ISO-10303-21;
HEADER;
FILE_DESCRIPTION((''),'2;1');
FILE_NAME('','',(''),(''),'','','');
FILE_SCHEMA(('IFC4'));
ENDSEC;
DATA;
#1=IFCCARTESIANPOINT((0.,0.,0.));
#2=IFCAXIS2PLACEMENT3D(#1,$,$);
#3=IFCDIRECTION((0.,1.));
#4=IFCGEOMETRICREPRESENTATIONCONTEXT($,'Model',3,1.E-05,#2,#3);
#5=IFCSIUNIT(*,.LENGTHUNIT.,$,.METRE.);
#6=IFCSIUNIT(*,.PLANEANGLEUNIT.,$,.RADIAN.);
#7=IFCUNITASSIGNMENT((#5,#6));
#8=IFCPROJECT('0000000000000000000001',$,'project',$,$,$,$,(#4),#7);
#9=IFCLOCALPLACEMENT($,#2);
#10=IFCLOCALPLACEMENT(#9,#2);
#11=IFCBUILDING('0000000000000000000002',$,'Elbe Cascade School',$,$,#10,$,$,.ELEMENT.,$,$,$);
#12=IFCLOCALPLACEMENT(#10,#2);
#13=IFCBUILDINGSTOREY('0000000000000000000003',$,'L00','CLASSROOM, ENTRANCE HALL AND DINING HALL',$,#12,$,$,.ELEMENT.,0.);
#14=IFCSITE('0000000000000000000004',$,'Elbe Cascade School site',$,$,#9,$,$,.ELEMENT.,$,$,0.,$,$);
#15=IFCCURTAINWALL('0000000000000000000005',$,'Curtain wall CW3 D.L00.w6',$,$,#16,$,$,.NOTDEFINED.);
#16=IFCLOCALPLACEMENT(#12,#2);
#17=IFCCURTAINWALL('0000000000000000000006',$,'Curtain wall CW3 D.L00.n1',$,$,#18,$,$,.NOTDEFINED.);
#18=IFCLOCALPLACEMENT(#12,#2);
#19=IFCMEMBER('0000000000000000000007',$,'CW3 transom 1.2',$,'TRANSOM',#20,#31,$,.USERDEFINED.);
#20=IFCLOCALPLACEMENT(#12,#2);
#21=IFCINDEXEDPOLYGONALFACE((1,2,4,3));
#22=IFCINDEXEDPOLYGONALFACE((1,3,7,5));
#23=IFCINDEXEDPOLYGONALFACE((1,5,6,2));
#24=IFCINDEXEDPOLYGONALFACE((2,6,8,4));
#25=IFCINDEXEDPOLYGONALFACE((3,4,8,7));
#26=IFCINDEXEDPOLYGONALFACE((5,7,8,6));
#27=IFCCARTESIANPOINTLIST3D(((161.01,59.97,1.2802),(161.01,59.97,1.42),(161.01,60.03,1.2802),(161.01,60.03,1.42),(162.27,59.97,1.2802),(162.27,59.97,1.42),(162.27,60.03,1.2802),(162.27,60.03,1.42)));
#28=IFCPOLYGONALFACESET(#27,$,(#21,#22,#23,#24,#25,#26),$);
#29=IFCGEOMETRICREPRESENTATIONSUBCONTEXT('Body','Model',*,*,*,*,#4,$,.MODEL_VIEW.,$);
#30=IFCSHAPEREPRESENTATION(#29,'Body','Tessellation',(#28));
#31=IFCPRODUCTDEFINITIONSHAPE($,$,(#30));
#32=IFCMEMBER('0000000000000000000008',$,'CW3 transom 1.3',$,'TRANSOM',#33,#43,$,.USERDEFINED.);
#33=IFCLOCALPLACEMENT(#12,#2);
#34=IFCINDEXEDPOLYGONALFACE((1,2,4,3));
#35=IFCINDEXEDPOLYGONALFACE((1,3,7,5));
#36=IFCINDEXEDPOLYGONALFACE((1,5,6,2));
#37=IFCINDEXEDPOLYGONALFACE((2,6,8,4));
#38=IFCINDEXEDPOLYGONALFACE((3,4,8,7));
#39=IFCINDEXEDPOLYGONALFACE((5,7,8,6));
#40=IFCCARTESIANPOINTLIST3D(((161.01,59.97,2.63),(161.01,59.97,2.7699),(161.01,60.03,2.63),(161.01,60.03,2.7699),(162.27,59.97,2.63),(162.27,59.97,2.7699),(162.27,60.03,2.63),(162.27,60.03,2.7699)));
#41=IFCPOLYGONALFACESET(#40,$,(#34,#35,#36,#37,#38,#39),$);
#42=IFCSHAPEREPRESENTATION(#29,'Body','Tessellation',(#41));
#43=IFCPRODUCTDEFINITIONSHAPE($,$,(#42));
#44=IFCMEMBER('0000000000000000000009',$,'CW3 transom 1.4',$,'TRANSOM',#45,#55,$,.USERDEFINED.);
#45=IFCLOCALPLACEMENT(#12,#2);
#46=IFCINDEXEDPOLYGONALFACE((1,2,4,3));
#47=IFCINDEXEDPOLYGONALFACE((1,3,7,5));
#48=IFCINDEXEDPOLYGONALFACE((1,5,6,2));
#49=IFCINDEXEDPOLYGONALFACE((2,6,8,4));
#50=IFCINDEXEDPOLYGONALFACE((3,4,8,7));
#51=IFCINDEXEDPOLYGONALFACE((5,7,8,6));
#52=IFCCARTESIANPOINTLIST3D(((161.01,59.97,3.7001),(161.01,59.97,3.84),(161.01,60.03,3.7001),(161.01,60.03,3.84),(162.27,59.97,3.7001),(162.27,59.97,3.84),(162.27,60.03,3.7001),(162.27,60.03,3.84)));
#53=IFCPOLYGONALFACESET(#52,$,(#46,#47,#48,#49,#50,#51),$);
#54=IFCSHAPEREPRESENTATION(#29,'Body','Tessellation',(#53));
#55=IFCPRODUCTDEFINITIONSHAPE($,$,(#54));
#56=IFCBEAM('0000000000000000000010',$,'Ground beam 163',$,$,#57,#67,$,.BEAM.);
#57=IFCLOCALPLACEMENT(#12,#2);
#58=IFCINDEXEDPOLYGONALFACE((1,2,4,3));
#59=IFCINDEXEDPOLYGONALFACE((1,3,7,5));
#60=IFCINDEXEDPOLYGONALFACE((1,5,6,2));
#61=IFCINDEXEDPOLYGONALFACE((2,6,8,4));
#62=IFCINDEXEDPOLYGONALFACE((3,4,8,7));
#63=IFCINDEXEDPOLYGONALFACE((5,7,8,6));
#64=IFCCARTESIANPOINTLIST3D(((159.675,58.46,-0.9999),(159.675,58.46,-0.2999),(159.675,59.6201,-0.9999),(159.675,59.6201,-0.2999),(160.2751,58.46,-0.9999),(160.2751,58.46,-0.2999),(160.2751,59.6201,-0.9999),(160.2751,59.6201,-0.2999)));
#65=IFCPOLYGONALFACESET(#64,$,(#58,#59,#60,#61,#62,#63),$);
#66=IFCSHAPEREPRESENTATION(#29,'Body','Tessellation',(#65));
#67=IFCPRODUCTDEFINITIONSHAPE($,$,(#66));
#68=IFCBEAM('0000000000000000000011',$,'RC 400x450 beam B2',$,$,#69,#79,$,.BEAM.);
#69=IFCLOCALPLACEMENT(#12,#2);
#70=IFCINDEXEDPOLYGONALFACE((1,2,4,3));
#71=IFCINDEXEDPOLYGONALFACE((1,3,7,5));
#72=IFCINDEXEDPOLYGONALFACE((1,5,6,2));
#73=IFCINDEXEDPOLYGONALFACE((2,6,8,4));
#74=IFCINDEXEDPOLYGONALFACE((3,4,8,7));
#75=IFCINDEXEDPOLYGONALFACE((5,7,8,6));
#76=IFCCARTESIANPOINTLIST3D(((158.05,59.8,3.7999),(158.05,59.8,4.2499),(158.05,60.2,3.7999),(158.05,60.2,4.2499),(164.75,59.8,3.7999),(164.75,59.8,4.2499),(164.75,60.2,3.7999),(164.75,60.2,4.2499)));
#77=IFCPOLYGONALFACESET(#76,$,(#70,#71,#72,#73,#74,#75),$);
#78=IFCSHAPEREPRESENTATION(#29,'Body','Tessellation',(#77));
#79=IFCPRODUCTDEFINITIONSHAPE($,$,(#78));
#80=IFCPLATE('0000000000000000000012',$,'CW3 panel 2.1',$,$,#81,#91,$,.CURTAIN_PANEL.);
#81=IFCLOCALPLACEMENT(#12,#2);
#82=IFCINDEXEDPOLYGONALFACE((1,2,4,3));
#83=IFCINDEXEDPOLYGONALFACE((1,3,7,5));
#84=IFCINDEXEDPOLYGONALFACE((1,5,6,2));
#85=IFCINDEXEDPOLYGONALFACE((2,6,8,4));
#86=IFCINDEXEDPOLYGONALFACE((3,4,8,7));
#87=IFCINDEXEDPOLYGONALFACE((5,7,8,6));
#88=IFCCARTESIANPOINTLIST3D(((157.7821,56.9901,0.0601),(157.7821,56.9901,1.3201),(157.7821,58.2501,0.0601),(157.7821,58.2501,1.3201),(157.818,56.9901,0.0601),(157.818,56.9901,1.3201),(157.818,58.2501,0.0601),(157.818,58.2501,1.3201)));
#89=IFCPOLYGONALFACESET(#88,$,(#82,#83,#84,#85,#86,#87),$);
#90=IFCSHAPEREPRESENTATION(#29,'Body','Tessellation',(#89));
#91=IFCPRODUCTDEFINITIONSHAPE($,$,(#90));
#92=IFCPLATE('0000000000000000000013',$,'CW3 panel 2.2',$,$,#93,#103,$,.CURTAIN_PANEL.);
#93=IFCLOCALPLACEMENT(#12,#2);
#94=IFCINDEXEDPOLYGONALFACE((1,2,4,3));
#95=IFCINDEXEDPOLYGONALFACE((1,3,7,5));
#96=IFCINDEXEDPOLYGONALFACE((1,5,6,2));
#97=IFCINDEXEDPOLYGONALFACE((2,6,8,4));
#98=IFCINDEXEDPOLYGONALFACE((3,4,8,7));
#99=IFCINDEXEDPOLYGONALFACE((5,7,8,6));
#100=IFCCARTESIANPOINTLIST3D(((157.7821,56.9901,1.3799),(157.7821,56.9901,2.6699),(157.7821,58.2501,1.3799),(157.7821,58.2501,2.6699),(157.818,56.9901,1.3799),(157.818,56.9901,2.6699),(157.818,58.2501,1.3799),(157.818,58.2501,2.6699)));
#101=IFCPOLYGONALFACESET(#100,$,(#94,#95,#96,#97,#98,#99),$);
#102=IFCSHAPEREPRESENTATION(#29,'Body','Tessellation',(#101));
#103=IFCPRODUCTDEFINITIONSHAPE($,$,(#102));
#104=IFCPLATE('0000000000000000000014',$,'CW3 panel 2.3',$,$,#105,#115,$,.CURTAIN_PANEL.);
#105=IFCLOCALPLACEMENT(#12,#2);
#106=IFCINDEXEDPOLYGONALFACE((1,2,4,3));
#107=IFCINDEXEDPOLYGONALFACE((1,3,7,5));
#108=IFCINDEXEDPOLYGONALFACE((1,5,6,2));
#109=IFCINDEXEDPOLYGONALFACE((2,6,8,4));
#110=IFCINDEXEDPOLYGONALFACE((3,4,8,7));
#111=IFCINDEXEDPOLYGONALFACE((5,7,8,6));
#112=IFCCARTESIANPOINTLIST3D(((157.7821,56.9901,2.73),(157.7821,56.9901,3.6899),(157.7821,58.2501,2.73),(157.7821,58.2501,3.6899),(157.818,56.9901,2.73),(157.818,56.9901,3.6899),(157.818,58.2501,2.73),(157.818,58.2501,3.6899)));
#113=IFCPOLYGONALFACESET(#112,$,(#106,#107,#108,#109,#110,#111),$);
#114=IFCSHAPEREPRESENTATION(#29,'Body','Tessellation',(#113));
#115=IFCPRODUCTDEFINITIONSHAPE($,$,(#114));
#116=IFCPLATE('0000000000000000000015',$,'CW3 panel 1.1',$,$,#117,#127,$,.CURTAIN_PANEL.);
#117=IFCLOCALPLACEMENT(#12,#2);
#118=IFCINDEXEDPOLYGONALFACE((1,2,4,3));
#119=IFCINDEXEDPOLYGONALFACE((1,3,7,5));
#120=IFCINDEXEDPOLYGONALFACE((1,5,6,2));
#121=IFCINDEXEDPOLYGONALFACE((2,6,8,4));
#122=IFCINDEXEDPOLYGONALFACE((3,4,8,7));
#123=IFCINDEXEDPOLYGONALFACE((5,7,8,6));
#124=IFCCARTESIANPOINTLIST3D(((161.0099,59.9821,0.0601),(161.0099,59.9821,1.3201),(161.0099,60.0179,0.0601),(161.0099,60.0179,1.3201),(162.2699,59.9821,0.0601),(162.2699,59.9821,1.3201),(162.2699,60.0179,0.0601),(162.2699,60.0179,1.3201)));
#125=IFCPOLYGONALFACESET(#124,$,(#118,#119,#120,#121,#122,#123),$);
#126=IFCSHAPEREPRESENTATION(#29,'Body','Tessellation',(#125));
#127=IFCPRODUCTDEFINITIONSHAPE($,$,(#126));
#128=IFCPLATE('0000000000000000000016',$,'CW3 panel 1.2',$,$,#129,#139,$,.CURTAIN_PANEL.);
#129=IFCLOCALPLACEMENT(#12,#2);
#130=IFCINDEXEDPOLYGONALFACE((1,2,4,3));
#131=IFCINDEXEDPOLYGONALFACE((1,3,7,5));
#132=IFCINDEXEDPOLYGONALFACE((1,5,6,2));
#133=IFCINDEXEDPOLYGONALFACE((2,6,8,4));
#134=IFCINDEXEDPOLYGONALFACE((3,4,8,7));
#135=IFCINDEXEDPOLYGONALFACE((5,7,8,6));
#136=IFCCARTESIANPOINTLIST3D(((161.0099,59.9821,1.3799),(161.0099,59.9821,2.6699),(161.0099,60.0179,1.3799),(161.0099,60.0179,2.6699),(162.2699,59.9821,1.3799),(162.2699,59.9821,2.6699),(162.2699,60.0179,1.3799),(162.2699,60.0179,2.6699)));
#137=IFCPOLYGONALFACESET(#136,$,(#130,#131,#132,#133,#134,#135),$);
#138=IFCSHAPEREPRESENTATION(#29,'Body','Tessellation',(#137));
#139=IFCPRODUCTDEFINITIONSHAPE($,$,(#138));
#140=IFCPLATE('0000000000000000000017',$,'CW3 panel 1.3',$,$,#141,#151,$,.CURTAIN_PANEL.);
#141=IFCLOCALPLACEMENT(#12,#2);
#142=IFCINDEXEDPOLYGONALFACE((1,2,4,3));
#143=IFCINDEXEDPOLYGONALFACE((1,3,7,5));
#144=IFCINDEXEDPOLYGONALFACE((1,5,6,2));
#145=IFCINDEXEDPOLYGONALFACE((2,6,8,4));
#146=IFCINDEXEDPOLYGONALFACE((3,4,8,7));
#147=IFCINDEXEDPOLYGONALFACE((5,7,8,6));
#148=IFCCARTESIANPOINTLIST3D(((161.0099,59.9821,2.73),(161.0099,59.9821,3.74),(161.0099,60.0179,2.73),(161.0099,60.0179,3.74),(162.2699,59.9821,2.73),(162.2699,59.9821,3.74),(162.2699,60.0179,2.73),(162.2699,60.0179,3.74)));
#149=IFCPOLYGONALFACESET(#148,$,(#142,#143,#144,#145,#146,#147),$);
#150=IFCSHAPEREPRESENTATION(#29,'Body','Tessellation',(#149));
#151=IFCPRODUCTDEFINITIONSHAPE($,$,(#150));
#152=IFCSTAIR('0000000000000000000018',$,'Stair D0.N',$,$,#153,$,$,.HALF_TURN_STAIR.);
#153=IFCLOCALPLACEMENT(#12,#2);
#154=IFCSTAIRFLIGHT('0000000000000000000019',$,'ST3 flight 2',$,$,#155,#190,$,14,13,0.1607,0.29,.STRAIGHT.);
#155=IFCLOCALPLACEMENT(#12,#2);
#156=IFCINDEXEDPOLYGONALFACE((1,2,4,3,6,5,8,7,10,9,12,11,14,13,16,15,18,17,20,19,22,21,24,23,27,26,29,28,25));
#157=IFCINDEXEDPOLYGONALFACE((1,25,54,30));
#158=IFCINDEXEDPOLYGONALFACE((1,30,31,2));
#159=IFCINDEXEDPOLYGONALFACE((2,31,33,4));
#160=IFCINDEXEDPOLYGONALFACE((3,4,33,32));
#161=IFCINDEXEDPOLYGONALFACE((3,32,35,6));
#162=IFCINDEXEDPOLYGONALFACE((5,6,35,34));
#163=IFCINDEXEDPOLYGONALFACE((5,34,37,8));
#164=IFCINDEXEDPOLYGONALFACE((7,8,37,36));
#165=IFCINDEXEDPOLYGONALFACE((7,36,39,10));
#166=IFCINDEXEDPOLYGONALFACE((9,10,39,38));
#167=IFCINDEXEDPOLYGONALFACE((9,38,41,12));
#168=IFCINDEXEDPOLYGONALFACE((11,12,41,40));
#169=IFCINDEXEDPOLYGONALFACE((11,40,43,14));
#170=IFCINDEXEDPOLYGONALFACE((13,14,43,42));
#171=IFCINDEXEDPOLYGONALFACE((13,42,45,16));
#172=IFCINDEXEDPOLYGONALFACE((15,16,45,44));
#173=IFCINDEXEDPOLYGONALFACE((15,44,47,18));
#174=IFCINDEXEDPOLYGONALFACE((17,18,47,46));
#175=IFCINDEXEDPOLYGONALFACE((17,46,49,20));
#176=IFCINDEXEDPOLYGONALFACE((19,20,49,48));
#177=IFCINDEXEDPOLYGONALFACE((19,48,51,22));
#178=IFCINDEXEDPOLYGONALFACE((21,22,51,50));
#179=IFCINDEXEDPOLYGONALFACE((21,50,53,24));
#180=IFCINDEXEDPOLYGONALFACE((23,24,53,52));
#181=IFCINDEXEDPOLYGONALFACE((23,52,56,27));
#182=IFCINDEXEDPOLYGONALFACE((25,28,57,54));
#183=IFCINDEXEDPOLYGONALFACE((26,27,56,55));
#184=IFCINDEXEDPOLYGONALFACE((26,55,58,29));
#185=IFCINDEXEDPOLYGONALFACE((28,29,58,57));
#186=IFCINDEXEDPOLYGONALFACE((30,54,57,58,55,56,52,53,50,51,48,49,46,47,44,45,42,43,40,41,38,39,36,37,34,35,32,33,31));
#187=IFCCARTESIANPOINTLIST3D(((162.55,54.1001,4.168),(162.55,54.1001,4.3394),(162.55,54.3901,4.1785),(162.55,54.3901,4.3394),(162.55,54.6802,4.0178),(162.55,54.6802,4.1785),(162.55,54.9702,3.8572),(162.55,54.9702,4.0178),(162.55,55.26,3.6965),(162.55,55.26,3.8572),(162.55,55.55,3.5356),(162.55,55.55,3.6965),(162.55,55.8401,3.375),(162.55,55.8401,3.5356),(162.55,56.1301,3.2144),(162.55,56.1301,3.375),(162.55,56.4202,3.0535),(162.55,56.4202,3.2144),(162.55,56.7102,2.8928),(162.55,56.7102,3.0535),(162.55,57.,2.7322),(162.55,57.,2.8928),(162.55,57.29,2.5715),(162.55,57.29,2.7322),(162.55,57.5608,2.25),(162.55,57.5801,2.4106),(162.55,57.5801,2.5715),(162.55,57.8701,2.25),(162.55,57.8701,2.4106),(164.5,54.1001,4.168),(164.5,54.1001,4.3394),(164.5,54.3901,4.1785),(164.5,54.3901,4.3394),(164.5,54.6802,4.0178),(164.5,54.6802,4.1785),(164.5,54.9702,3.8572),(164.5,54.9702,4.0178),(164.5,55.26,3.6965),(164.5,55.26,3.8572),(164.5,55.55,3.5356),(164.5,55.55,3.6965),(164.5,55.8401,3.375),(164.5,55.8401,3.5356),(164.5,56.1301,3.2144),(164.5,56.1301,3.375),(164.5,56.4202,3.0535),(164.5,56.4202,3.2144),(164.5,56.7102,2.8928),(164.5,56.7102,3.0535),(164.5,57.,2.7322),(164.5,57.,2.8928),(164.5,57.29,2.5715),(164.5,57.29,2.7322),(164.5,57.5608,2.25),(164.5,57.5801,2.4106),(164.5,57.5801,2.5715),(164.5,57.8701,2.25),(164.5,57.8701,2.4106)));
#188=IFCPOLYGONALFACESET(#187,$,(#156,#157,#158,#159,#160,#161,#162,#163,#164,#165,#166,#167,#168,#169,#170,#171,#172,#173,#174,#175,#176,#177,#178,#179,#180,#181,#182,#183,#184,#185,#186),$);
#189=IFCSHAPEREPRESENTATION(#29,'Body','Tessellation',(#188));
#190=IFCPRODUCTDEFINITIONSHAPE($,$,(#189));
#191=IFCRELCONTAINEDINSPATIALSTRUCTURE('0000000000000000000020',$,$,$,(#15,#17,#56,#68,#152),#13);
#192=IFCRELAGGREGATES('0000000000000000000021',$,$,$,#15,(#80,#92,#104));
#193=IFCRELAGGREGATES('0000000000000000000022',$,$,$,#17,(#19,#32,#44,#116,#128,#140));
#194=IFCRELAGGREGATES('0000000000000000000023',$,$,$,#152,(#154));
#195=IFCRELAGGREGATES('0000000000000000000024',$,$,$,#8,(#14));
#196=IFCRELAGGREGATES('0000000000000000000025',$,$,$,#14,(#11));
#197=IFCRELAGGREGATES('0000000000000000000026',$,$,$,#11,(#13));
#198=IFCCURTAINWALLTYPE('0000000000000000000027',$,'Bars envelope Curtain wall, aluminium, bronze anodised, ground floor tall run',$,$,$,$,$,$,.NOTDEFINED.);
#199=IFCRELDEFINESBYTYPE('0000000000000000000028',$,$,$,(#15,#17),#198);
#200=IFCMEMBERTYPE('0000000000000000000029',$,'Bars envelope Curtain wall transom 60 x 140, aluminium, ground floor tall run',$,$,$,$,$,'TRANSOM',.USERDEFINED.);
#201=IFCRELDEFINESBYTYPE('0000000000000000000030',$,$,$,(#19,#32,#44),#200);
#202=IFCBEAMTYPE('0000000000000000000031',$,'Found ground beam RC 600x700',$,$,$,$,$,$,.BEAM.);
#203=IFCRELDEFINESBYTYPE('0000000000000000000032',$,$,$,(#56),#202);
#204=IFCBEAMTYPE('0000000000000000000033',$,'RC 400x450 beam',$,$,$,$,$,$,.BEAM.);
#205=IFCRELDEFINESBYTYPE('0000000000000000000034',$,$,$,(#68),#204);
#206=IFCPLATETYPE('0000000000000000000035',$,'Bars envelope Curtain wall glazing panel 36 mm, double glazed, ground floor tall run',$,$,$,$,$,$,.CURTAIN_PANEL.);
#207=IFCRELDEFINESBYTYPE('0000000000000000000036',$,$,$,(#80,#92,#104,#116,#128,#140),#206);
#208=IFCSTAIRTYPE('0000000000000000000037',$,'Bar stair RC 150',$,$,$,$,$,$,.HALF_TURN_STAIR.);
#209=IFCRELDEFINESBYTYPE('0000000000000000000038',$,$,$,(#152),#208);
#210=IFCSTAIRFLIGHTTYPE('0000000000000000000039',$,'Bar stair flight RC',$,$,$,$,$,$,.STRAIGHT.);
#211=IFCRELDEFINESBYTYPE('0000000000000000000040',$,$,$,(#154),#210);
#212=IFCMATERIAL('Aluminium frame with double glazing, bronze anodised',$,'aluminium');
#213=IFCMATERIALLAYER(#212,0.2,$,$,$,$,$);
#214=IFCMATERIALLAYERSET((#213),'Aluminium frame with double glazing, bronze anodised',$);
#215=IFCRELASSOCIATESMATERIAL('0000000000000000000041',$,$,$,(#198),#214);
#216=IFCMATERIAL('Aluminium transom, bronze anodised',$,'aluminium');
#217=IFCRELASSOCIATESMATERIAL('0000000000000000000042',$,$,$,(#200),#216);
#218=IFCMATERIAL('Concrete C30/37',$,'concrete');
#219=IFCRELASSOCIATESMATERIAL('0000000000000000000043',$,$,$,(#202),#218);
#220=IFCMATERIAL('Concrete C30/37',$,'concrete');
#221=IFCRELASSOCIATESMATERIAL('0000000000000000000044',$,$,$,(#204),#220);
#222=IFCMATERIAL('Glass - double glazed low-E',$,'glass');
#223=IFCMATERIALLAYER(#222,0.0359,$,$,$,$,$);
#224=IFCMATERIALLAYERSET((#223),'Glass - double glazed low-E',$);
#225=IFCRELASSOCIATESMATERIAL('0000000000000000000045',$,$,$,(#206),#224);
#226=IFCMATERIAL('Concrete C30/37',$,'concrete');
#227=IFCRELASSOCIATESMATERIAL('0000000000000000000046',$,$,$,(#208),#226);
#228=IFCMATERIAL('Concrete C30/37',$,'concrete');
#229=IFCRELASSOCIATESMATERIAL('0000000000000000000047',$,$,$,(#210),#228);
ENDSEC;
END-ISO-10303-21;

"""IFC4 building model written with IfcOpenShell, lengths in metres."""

from ifc_helpers import new_model, si_unit, direction, frame, origin, origin_2d, place, context, subcontext, project, spatial, polyline, rectangle, outline, extrude, material, layer, layer_set, material_profile, profile_set, type_object, element, aggregate, save


model = new_model("IFC4")

# Units and contexts
model_context = context("Model", 3, precision=1e-05, world=origin(), true_north=direction((0.0, 1.0)))
body_context = subcontext(model_context, "Body", "Model", "MODEL_VIEW")
ifc_project = project(units=[si_unit("LENGTHUNIT", "METRE"), si_unit("PLANEANGLEUNIT", "RADIAN")], contexts=[model_context])

# Site, building, storey
site_placement = place(None, origin())
site = spatial("IfcSite", under=ifc_project, at=site_placement, Name="Elbe Cascade School site", CompositionType="ELEMENT", RefElevation=0.0)
building_placement = place(site_placement, origin())
building = spatial("IfcBuilding", under=site, at=building_placement, Name="Elbe Cascade School", CompositionType="ELEMENT")
storey_placement = place(building_placement, origin())
storey = spatial("IfcBuildingStorey", under=building, at=storey_placement, Name="L00", Description="CLASSROOM, ENTRANCE HALL AND DINING HALL", CompositionType="ELEMENT", Elevation=0.0)

# Curtain wall
ifc_material_1 = material(Name="Aluminium frame with double glazing, bronze anodised", Category="aluminium")
ifc_layer_1 = layer(ifc_material_1, 0.2)
ifc_layer_set_1 = layer_set([ifc_layer_1], Name="Aluminium frame with double glazing, bronze anodised")
curtain_wall_type = type_object("IfcCurtainWallType", Name="Bars envelope Curtain wall, aluminium, bronze anodised, ground floor tall run", PredefinedType="NOTDEFINED", material=ifc_layer_set_1)
curtain_wall_1_placement = place(storey_placement, origin())
curtain_wall_1 = element("IfcCurtainWall", 1, at=curtain_wall_1_placement, inside=storey, type_object=curtain_wall_type, Name="Curtain wall CW3 D.L00.w6", PredefinedType="NOTDEFINED")

# Curtain wall, members
curtain_wall_2_placement = place(storey_placement, origin())
curtain_wall_2 = element("IfcCurtainWall", 2, at=curtain_wall_2_placement, inside=storey, type_object=curtain_wall_type, Name="Curtain wall CW3 D.L00.n1", PredefinedType="NOTDEFINED")
ifc_material_2 = material(Name="Aluminium transom, bronze anodised", Category="aluminium")
ifc_material_profile_1 = material_profile(ifc_material_2, rectangle(XDim=0.0601, YDim=0.1399, at=origin_2d()), Name="Bars envelope Curtain wall transom 60 x 140, aluminium, ground floor tall run")
ifc_profile_set_1 = profile_set([ifc_material_profile_1], Name="Aluminium transom, bronze anodised")
member_type_1 = type_object("IfcMemberType", Name="Bars envelope Curtain wall transom 60 x 140, aluminium, ground floor tall run", ElementType="TRANSOM", PredefinedType="USERDEFINED", material=ifc_profile_set_1)
member_1_placement = place(storey_placement, frame((161.01, 60.0, 1.3501), z_axis=(1.0, 0.0, 0.0), x_axis=(0.0, 1.0, 0.0)))
member_1 = element("IfcMember", 3, at=member_1_placement, type_object=member_type_1, Name="CW3 transom 1.2", ObjectType="TRANSOM", PredefinedType="USERDEFINED", context=body_context, shape_type="SweptSolid", body=[
    extrude(rectangle(XDim=0.0601, YDim=0.1399, at=origin_2d()), origin(), (0.0, 0.0, 1.0), 1.26),
])
member_2_placement = place(storey_placement, frame((161.01, 60.0, 2.7), z_axis=(1.0, 0.0, 0.0), x_axis=(0.0, 1.0, 0.0)))
member_2 = element("IfcMember", 4, at=member_2_placement, type_object=member_type_1, Name="CW3 transom 1.3", ObjectType="TRANSOM", PredefinedType="USERDEFINED", context=body_context, shape_type="SweptSolid", body=[
    extrude(rectangle(XDim=0.0601, YDim=0.1399, at=origin_2d()), origin(), (0.0, 0.0, 1.0), 1.26),
])
member_3_placement = place(storey_placement, frame((161.01, 60.0, 3.77), z_axis=(1.0, 0.0, 0.0), x_axis=(0.0, 1.0, 0.0)))
member_3 = element("IfcMember", 5, at=member_3_placement, type_object=member_type_1, Name="CW3 transom 1.4", ObjectType="TRANSOM", PredefinedType="USERDEFINED", context=body_context, shape_type="SweptSolid", body=[
    extrude(rectangle(XDim=0.0601, YDim=0.1399, at=origin_2d()), origin(), (0.0, 0.0, 1.0), 1.26),
])

# Beams
ifc_material_3 = material(Name="Concrete C30/37", Category="concrete")
ifc_material_profile_2 = material_profile(ifc_material_3, rectangle(XDim=0.6001, YDim=0.7, at=origin_2d()), Name="RC 600x700")
ifc_profile_set_2 = profile_set([ifc_material_profile_2], Name="Concrete C30/37")
beam_type_1 = type_object("IfcBeamType", Name="Found ground beam RC 600x700", PredefinedType="BEAM", material=ifc_profile_set_2)
beam_1_placement = place(storey_placement, frame((159.9751, 58.46, -0.6499), z_axis=(0.0, 1.0, 0.0), x_axis=(-1.0, 0.0, 0.0)))
element("IfcBeam", 6, at=beam_1_placement, inside=storey, type_object=beam_type_1, Name="Ground beam 163", PredefinedType="BEAM", context=body_context, shape_type="SweptSolid", body=[
    extrude(rectangle(XDim=0.6001, YDim=0.7, at=origin_2d()), origin(), (0.0, 0.0, 1.0), 1.1602),
])
ifc_material_4 = material(Name="Concrete C30/37", Category="concrete")
ifc_material_profile_3 = material_profile(ifc_material_4, rectangle(XDim=0.3999, YDim=0.45, at=origin_2d()), Name="RC 400x450")
ifc_profile_set_3 = profile_set([ifc_material_profile_3], Name="Concrete C30/37")
beam_type_2 = type_object("IfcBeamType", Name="RC 400x450 beam", PredefinedType="BEAM", material=ifc_profile_set_3)
beam_2_placement = place(storey_placement, frame((158.05, 60.0, 4.0249), z_axis=(1.0, 0.0, 0.0), x_axis=(0.0, 1.0, 0.0)))
element("IfcBeam", 7, at=beam_2_placement, inside=storey, type_object=beam_type_2, Name="RC 400x450 beam B2", PredefinedType="BEAM", context=body_context, shape_type="SweptSolid", body=[
    extrude(rectangle(XDim=0.3999, YDim=0.45, at=origin_2d()), origin(), (0.0, 0.0, 1.0), 6.7),
])

# Plates
ifc_material_5 = material(Name="Glass - double glazed low-E", Category="glass")
ifc_layer_2 = layer(ifc_material_5, 0.0359)
ifc_layer_set_2 = layer_set([ifc_layer_2], Name="Glass - double glazed low-E")
plate_type = type_object("IfcPlateType", Name="Bars envelope Curtain wall glazing panel 36 mm, double glazed, ground floor tall run", PredefinedType="CURTAIN_PANEL", material=ifc_layer_set_2)
plate_1_placement = place(storey_placement, frame((157.8, 57.6201, 0.0601), z_axis=(0.0, 0.0, 1.0), x_axis=(0.0, 1.0, 0.0)))
plate_1 = element("IfcPlate", 8, at=plate_1_placement, type_object=plate_type, Name="CW3 panel 2.1", PredefinedType="CURTAIN_PANEL", context=body_context, shape_type="SweptSolid", body=[
    extrude(rectangle(XDim=1.26, YDim=0.0359, at=origin_2d()), origin(), (0.0, 0.0, 1.0), 1.26),
])
plate_2_placement = place(storey_placement, frame((157.8, 57.6201, 1.3799), z_axis=(0.0, 0.0, 1.0), x_axis=(0.0, 1.0, 0.0)))
plate_2 = element("IfcPlate", 9, at=plate_2_placement, type_object=plate_type, Name="CW3 panel 2.2", PredefinedType="CURTAIN_PANEL", context=body_context, shape_type="SweptSolid", body=[
    extrude(rectangle(XDim=1.26, YDim=0.0359, at=origin_2d()), origin(), (0.0, 0.0, 1.0), 1.29),
])
plate_3_placement = place(storey_placement, frame((157.8, 57.6201, 2.73), z_axis=(0.0, 0.0, 1.0), x_axis=(0.0, 1.0, 0.0)))
plate_3 = element("IfcPlate", 10, at=plate_3_placement, type_object=plate_type, Name="CW3 panel 2.3", PredefinedType="CURTAIN_PANEL", context=body_context, shape_type="SweptSolid", body=[
    extrude(rectangle(XDim=1.26, YDim=0.0359, at=origin_2d()), origin(), (0.0, 0.0, 1.0), 0.96),
])
aggregate(curtain_wall_1, [plate_1, plate_2, plate_3])
plate_4_placement = place(storey_placement, frame((161.6399, 60.0, 0.0601), z_axis=(0.0, 0.0, 1.0), x_axis=(1.0, 0.0, 0.0)))
plate_4 = element("IfcPlate", 11, at=plate_4_placement, type_object=plate_type, Name="CW3 panel 1.1", PredefinedType="CURTAIN_PANEL", context=body_context, shape_type="SweptSolid", body=[
    extrude(rectangle(XDim=1.26, YDim=0.0359, at=origin_2d()), origin(), (0.0, 0.0, 1.0), 1.26),
])
plate_5_placement = place(storey_placement, frame((161.6399, 60.0, 1.3799), z_axis=(0.0, 0.0, 1.0), x_axis=(1.0, 0.0, 0.0)))
plate_5 = element("IfcPlate", 12, at=plate_5_placement, type_object=plate_type, Name="CW3 panel 1.2", PredefinedType="CURTAIN_PANEL", context=body_context, shape_type="SweptSolid", body=[
    extrude(rectangle(XDim=1.26, YDim=0.0359, at=origin_2d()), origin(), (0.0, 0.0, 1.0), 1.29),
])
plate_6_placement = place(storey_placement, frame((161.6399, 60.0, 2.73), z_axis=(0.0, 0.0, 1.0), x_axis=(1.0, 0.0, 0.0)))
plate_6 = element("IfcPlate", 13, at=plate_6_placement, type_object=plate_type, Name="CW3 panel 1.3", PredefinedType="CURTAIN_PANEL", context=body_context, shape_type="SweptSolid", body=[
    extrude(rectangle(XDim=1.26, YDim=0.0359, at=origin_2d()), origin(), (0.0, 0.0, 1.0), 1.01),
])
aggregate(curtain_wall_2, [member_1, member_2, member_3, plate_4, plate_5, plate_6])

# Stair, stair flight
ifc_material_6 = material(Name="Concrete C30/37", Category="concrete")
stair_type = type_object("IfcStairType", Name="Bar stair RC 150", PredefinedType="HALF_TURN_STAIR", material=ifc_material_6)
stair_placement = place(storey_placement, origin())
stair = element("IfcStair", 14, at=stair_placement, inside=storey, type_object=stair_type, Name="Stair D0.N", PredefinedType="HALF_TURN_STAIR")
ifc_material_7 = material(Name="Concrete C30/37", Category="concrete")
stair_flight_type = type_object("IfcStairFlightType", Name="Bar stair flight RC", PredefinedType="STRAIGHT", material=ifc_material_7)
stair_flight_placement = place(storey_placement, frame((163.5249, 57.8701, 2.25), z_axis=(0.0, 0.0, 1.0), x_axis=(0.0, -1.0, 0.0)))
stair_flight = element("IfcStairFlight", 15, at=stair_flight_placement, type_object=stair_flight_type, Name="ST3 flight 2", NumberOfRisers=14, NumberOfTreads=13, PredefinedType="STRAIGHT", RiserHeight=0.1607, TreadLength=0.29, context=body_context, shape_type="SweptSolid", body=[
    extrude(outline(polyline([(0.0, 0.0), (0.0, 0.1606), (0.29, 0.1606), (0.29, 0.3215), (0.5801, 0.3215), (0.5801, 0.4822), (0.8701, 0.4822), (0.8701, 0.6428), (1.1599, 0.6428), (1.1599, 0.8035), (1.45, 0.8035), (1.45, 0.9644), (1.74, 0.9644), (1.74, 1.125), (2.03, 1.125), (2.03, 1.2856), (2.3201, 1.2856), (2.3201, 1.4465), (2.6101, 1.4465), (2.6101, 1.6072), (2.8999, 1.6072), (2.8999, 1.7678), (3.1899, 1.7678), (3.1899, 1.9285), (3.48, 1.9285), (3.48, 2.0894), (3.77, 2.0894), (3.77, 2.25), (3.77, 1.918), (0.3093, 0.0), (0.0, 0.0)])), frame((0.0, 0.9751, 0.0), z_axis=(0.0, -1.0, 0.0), x_axis=(1.0, 0.0, 0.0)), (0.0, 0.0, 1.0), 1.95),
])
aggregate(stair, [stair_flight])

save(model, "model.ifc")
